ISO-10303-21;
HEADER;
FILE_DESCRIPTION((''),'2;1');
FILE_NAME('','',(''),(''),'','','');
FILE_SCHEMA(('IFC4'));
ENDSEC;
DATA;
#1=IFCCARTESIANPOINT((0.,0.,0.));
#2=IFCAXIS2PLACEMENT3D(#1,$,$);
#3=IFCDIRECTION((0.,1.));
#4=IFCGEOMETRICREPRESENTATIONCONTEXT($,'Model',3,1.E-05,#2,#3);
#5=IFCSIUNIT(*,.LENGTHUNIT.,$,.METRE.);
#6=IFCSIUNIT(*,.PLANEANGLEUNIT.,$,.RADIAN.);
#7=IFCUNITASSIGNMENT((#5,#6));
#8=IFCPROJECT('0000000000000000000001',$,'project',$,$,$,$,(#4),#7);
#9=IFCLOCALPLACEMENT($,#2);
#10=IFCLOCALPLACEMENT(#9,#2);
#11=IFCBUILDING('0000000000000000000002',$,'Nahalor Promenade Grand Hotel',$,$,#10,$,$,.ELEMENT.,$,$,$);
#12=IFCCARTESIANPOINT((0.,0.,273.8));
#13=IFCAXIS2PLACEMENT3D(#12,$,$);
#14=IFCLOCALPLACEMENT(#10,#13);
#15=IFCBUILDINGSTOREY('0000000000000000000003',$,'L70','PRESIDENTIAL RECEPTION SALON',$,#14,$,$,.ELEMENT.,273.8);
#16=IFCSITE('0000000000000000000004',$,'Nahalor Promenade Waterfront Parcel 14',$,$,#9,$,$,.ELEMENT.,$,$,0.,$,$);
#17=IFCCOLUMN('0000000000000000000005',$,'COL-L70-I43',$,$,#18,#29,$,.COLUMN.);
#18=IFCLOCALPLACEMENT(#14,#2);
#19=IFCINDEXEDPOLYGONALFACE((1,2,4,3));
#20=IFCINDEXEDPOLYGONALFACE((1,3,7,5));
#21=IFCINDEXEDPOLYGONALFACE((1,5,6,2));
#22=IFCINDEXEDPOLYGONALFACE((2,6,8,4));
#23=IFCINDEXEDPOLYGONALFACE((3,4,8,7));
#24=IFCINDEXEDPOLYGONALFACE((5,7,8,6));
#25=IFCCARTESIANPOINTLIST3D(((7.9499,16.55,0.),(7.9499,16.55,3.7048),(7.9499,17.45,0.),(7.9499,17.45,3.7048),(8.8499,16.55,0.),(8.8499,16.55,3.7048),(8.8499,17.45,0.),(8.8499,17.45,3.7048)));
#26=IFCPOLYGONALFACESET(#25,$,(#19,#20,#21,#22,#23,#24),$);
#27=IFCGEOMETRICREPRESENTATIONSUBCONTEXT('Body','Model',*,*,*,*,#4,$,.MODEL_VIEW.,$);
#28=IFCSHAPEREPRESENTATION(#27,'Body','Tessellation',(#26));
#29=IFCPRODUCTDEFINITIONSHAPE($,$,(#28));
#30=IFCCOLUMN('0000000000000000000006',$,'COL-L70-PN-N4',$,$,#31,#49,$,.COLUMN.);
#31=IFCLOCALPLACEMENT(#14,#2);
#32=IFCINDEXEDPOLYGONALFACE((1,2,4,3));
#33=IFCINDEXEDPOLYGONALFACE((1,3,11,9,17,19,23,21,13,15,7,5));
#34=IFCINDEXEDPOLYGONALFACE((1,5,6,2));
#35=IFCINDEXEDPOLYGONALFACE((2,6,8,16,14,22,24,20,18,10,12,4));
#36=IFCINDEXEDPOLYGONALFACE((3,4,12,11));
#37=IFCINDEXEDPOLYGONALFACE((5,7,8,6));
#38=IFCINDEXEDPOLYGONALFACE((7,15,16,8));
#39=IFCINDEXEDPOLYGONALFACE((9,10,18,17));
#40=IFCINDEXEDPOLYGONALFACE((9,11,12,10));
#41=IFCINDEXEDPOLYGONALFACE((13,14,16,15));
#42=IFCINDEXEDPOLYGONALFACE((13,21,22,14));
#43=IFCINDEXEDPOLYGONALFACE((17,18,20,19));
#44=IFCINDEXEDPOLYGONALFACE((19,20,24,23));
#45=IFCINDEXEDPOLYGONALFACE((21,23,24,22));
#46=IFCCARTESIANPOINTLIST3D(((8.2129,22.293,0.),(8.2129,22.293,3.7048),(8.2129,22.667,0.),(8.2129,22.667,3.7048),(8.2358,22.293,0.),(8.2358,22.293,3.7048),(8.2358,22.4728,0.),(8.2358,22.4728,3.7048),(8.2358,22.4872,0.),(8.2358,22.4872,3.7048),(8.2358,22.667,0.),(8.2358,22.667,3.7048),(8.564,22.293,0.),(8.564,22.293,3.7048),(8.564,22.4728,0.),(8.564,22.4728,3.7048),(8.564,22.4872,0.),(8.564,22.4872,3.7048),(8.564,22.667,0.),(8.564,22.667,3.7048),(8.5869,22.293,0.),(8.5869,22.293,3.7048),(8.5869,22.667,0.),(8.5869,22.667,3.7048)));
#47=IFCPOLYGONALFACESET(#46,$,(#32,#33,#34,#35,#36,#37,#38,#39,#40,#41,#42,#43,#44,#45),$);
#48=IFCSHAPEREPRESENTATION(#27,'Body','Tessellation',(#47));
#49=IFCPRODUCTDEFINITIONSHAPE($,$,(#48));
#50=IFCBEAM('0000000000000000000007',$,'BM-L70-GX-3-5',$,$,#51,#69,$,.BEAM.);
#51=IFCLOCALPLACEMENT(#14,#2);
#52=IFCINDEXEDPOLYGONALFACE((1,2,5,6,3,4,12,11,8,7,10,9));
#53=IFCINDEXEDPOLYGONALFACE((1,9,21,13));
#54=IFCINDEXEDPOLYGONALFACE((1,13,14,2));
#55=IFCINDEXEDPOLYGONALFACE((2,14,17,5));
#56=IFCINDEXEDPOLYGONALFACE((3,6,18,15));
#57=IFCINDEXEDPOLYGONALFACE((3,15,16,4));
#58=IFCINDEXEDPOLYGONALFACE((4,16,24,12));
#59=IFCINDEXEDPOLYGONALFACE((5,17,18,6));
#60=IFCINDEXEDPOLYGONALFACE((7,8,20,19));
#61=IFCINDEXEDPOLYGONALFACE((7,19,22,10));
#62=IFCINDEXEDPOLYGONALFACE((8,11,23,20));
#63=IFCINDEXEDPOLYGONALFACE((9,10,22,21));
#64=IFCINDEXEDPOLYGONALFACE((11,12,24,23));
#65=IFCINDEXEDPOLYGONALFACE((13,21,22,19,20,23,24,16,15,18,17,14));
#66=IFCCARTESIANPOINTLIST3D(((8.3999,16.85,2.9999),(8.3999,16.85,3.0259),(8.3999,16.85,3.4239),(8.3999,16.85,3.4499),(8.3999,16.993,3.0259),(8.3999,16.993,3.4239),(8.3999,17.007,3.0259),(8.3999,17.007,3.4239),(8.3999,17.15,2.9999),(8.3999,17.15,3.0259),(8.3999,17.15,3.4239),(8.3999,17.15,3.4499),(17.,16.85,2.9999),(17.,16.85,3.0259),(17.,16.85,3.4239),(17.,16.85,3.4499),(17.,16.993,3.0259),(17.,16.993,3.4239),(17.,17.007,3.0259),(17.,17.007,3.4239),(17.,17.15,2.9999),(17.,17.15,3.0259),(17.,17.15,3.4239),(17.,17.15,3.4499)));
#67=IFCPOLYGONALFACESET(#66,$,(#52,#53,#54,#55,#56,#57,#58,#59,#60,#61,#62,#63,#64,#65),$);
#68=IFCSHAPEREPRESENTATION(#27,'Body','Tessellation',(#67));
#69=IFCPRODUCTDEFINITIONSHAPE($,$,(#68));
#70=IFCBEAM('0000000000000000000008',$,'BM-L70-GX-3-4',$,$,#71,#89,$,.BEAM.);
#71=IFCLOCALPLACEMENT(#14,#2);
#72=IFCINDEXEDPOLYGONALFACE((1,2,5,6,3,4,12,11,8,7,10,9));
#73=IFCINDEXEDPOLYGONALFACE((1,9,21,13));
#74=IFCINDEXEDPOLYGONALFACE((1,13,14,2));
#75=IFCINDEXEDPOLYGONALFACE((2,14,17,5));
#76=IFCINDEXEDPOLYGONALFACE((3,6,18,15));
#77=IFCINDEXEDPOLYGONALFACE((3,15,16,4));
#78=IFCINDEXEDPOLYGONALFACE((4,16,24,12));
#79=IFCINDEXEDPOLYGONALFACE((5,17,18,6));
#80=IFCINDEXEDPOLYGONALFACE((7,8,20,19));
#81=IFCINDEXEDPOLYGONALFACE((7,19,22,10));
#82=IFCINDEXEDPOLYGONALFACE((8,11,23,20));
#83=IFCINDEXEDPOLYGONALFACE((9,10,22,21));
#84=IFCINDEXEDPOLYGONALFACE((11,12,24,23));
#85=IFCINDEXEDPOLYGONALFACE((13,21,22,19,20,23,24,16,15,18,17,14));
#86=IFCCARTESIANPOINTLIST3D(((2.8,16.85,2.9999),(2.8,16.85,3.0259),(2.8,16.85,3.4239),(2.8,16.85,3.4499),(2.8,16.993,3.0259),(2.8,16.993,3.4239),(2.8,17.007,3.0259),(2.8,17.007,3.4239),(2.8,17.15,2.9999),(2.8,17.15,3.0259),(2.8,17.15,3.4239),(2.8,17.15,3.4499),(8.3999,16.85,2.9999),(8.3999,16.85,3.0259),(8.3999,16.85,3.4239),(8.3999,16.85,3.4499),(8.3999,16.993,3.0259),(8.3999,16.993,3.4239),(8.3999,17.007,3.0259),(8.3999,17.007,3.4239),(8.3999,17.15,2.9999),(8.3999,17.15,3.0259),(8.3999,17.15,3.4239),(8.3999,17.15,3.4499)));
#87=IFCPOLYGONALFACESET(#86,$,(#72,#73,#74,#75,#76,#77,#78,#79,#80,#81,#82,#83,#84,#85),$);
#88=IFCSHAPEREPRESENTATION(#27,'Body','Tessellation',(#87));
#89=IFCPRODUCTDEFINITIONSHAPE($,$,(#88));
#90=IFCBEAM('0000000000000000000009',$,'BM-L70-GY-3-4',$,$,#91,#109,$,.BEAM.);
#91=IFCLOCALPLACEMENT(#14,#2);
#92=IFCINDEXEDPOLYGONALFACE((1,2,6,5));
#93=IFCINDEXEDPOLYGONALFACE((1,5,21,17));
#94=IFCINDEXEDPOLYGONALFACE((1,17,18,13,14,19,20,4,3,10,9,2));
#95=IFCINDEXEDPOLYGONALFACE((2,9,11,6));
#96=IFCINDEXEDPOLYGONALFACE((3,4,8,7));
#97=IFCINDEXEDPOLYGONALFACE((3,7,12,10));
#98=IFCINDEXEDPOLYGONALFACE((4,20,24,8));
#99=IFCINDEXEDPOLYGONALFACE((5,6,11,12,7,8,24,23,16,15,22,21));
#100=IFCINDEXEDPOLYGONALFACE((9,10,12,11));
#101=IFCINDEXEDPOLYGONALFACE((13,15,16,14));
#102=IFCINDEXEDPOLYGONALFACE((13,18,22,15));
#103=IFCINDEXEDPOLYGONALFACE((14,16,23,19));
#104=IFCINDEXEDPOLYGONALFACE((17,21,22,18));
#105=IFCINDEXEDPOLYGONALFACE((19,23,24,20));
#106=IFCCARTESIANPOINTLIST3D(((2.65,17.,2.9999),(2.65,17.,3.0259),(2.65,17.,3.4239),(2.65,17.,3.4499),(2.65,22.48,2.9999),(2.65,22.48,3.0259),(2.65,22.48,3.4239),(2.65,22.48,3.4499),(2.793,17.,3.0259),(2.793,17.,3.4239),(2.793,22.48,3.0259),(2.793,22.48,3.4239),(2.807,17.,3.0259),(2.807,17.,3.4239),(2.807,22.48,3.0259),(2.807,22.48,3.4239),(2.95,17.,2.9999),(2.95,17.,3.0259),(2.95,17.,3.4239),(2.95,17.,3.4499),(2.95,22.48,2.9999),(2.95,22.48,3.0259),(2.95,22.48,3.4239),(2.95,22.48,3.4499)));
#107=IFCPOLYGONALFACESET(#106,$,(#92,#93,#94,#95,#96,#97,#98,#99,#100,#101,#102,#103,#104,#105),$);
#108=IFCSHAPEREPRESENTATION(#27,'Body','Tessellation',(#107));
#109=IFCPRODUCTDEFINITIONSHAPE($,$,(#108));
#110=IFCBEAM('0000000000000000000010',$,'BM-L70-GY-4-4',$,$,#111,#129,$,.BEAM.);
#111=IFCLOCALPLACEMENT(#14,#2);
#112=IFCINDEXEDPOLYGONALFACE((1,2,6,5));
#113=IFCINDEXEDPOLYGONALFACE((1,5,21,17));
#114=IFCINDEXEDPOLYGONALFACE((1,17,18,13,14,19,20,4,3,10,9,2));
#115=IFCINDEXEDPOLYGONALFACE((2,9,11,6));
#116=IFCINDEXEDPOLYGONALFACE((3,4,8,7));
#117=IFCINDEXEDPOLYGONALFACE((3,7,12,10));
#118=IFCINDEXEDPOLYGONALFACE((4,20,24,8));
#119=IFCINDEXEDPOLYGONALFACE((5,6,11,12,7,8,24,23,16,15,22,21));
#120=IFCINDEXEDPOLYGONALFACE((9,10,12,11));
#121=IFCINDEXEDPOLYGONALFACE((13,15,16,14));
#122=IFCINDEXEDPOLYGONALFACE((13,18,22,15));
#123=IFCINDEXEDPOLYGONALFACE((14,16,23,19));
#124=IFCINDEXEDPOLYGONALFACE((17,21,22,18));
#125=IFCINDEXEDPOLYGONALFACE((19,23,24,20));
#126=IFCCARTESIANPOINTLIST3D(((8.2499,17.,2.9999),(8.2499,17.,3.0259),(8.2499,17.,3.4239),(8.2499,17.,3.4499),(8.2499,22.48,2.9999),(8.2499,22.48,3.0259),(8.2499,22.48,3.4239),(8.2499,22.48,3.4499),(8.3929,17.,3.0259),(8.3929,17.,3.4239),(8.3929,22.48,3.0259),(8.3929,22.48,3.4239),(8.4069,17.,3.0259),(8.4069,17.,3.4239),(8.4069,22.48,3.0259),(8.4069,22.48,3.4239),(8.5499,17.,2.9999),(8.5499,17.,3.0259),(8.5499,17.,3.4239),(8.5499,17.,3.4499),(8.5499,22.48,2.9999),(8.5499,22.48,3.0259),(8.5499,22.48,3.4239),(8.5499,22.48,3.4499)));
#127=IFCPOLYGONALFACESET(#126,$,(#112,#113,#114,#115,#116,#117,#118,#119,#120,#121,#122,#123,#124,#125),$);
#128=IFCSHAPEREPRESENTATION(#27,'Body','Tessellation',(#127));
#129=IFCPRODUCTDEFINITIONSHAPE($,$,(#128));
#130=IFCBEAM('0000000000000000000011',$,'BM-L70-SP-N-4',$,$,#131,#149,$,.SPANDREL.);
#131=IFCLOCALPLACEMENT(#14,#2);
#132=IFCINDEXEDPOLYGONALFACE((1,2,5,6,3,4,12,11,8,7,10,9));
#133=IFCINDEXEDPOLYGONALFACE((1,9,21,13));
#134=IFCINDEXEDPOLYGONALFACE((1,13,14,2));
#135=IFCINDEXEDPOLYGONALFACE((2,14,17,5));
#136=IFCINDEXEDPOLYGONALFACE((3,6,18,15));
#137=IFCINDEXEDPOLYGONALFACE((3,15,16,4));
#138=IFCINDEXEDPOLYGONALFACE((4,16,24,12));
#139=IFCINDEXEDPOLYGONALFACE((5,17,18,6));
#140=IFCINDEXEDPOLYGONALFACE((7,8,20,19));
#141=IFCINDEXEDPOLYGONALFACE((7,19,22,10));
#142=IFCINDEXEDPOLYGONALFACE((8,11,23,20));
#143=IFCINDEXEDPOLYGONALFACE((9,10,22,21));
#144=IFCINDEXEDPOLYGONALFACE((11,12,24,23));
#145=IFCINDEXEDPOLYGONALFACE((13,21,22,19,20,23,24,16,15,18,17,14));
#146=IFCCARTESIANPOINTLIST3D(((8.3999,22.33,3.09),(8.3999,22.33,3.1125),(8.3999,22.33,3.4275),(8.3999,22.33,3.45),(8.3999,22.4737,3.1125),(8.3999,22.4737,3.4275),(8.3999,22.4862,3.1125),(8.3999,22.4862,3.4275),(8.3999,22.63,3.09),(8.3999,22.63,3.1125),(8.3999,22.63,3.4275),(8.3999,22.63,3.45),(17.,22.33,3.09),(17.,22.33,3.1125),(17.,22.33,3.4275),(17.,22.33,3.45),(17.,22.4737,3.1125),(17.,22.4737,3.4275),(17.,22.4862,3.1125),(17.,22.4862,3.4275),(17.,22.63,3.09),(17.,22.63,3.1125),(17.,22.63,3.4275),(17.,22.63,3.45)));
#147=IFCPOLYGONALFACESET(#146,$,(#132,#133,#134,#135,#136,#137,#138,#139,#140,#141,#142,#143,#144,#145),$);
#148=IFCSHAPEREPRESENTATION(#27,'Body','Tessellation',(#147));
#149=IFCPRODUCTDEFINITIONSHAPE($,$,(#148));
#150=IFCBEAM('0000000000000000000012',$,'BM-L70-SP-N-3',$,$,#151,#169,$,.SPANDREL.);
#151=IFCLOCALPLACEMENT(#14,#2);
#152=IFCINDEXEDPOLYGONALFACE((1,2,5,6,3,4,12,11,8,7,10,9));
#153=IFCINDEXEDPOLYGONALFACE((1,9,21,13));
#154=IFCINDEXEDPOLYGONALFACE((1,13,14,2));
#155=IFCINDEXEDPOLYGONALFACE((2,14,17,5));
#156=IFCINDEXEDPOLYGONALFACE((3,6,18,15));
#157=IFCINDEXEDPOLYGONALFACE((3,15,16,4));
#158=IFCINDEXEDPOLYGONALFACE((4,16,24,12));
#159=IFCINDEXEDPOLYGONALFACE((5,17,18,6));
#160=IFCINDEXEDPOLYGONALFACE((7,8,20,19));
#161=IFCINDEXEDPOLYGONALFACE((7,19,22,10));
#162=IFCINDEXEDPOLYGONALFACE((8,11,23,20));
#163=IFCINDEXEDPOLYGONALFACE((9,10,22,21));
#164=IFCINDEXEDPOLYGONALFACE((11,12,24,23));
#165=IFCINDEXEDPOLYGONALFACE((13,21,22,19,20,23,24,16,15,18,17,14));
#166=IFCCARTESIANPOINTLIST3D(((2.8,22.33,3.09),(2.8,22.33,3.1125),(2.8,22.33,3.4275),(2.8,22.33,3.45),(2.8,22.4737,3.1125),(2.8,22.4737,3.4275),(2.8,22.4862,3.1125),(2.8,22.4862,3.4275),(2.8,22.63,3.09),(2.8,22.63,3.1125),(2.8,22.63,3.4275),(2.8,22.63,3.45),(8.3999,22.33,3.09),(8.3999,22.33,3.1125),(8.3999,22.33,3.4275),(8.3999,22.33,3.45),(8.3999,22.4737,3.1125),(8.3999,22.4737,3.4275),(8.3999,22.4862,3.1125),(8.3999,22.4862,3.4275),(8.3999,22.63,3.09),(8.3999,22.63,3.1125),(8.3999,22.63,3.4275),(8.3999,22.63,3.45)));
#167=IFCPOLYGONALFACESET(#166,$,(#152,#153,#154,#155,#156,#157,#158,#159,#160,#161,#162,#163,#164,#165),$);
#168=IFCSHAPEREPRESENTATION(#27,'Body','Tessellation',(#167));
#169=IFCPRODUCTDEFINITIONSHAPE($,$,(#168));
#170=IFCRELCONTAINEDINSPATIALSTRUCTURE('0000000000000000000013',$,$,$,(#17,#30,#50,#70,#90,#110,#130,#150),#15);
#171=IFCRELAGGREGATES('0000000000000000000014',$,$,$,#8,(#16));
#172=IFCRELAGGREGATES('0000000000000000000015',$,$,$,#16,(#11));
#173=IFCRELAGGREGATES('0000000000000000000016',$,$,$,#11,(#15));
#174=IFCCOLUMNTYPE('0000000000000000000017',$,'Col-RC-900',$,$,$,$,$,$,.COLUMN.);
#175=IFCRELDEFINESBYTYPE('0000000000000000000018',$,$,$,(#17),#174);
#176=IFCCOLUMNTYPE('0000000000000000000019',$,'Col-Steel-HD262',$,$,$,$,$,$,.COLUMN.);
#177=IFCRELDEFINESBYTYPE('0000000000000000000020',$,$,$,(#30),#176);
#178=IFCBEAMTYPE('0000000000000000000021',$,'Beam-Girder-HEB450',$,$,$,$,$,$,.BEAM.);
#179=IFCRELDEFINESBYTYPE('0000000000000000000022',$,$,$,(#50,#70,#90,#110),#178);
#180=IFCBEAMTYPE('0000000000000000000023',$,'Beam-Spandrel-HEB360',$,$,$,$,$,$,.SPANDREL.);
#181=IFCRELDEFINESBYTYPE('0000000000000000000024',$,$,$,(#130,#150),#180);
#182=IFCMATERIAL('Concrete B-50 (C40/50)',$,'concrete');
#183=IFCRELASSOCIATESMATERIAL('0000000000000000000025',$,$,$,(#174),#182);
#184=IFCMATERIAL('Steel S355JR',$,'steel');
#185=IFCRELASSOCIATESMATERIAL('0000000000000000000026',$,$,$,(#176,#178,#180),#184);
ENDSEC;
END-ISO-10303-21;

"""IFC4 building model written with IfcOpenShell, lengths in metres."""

from ifc_helpers import new_model, si_unit, direction, frame, origin, origin_2d, place, context, subcontext, project, spatial, rectangle, i_section, extrude, source, transform, mapped, material, material_profile, profile_set, type_object, element, save


model = new_model("IFC4")

# Units and contexts
model_context = context("Model", 3, precision=1e-05, world=origin(), true_north=direction((0.0, 1.0)))
body_context = subcontext(model_context, "Body", "Model", "MODEL_VIEW")
ifc_project = project(units=[si_unit("LENGTHUNIT", "METRE"), si_unit("PLANEANGLEUNIT", "RADIAN")], contexts=[model_context])

# Site, building, storey
site_placement = place(None, origin())
site = spatial("IfcSite", under=ifc_project, at=site_placement, Name="Nahalor Promenade Waterfront Parcel 14", CompositionType="ELEMENT", RefElevation=0.0)
building_placement = place(site_placement, origin())
building = spatial("IfcBuilding", under=site, at=building_placement, Name="Nahalor Promenade Grand Hotel", CompositionType="ELEMENT")
storey_placement = place(building_placement, frame((0.0, 0.0, 273.8)))
storey = spatial("IfcBuildingStorey", under=building, at=storey_placement, Name="L70", Description="PRESIDENTIAL RECEPTION SALON", CompositionType="ELEMENT", Elevation=273.8)

# Columns
ifc_material_1 = material(Name="Concrete B-50 (C40/50)", Category="concrete")
ifc_material_profile_1 = material_profile(ifc_material_1, rectangle(XDim=0.9, YDim=0.9, at=origin_2d()), Name="RC 900x900")
ifc_profile_set_1 = profile_set([ifc_material_profile_1], Name="Concrete B-50 (C40/50)")
column_type_1 = type_object("IfcColumnType", Name="Col-RC-900", PredefinedType="COLUMN", material=ifc_profile_set_1)
shared_shape_1 = source(origin(), body_context, "Body", "SweptSolid", [
    extrude(rectangle(XDim=0.9, YDim=0.9, at=origin_2d()), origin(), (0.0, 0.0, 1.0), 3.7048),
])
column_1_placement = place(storey_placement, frame((8.3999, 17.0, 0.0), z_axis=(0.0, 0.0, 1.0), x_axis=(1.0, 0.0, 0.0)))
element("IfcColumn", 1, at=column_1_placement, inside=storey, type_object=column_type_1, Name="COL-L70-I43", PredefinedType="COLUMN", context=body_context, shape_type="MappedRepresentation", body=[
    mapped(shared_shape_1, transform((0.0, 0.0, 0.0), scale=1.0)),
])
ifc_material_2 = material(Name="Steel S355JR", Category="steel")
ifc_material_profile_2 = material_profile(ifc_material_2, i_section(OverallWidth=0.374, OverallDepth=0.374, WebThickness=0.0144, FlangeThickness=0.0229, at=origin_2d()), Name="HD 360x262")
ifc_profile_set_2 = profile_set([ifc_material_profile_2], Name="Steel S355JR")
column_type_2 = type_object("IfcColumnType", Name="Col-Steel-HD262", PredefinedType="COLUMN", material=ifc_profile_set_2)
shared_shape_2 = source(origin(), body_context, "Body", "SweptSolid", [
    extrude(i_section(OverallWidth=0.374, OverallDepth=0.374, WebThickness=0.0144, FlangeThickness=0.0229, at=origin_2d()), origin(), (0.0, 0.0, 1.0), 3.7048),
])
column_2_placement = place(storey_placement, frame((8.3999, 22.48, 0.0), z_axis=(0.0, 0.0, 1.0), x_axis=(0.0, 1.0, 0.0)))
element("IfcColumn", 2, at=column_2_placement, inside=storey, type_object=column_type_2, Name="COL-L70-PN-N4", PredefinedType="COLUMN", context=body_context, shape_type="MappedRepresentation", body=[
    mapped(shared_shape_2, transform((0.0, 0.0, 0.0), scale=1.0)),
])

# Beams
ifc_material_profile_3 = material_profile(ifc_material_2, i_section(OverallWidth=0.3, OverallDepth=0.45, WebThickness=0.014, FlangeThickness=0.026, at=origin_2d()), Name="HEB 450")
ifc_profile_set_3 = profile_set([ifc_material_profile_3], Name="Steel S355JR")
beam_type_1 = type_object("IfcBeamType", Name="Beam-Girder-HEB450", PredefinedType="BEAM", material=ifc_profile_set_3)
shared_shape_3 = source(origin(), body_context, "Body", "SweptSolid", [
    extrude(i_section(OverallWidth=0.3, OverallDepth=0.45, WebThickness=0.014, FlangeThickness=0.026, at=origin_2d()), origin(), (0.0, 0.0, 1.0), 8.6001),
])
beam_1_placement = place(storey_placement, frame((8.3999, 17.0, 3.2249), z_axis=(1.0, 0.0, 0.0), x_axis=(0.0, 1.0, 0.0)))
element("IfcBeam", 3, at=beam_1_placement, inside=storey, type_object=beam_type_1, Name="BM-L70-GX-3-5", PredefinedType="BEAM", context=body_context, shape_type="MappedRepresentation", body=[
    mapped(shared_shape_3, transform((0.0, 0.0, 0.0), scale=1.0)),
])
shared_shape_4 = source(origin(), body_context, "Body", "SweptSolid", [
    extrude(i_section(OverallWidth=0.3, OverallDepth=0.45, WebThickness=0.014, FlangeThickness=0.026, at=origin_2d()), origin(), (0.0, 0.0, 1.0), 5.5999),
])
beam_2_placement = place(storey_placement, frame((2.8, 17.0, 3.2249), z_axis=(1.0, 0.0, 0.0), x_axis=(0.0, 1.0, 0.0)))
element("IfcBeam", 4, at=beam_2_placement, inside=storey, type_object=beam_type_1, Name="BM-L70-GX-3-4", PredefinedType="BEAM", context=body_context, shape_type="MappedRepresentation", body=[
    mapped(shared_shape_4, transform((0.0, 0.0, 0.0), scale=1.0)),
])
shared_shape_5 = source(origin(), body_context, "Body", "SweptSolid", [
    extrude(i_section(OverallWidth=0.3, OverallDepth=0.45, WebThickness=0.014, FlangeThickness=0.026, at=origin_2d()), origin(), (0.0, 0.0, 1.0), 5.48),
])
for number, where, z_axis, x_axis, name in (
    (5, (2.8, 17.0, 3.2249), (0.0, 1.0, 0.0), (-1.0, 0.0, 0.0), "BM-L70-GY-3-4"),
    (6, (8.3999, 17.0, 3.2249), (0.0, 1.0, 0.0), (-1.0, 0.0, 0.0), "BM-L70-GY-4-4"),
):
    element("IfcBeam", number, at=place(storey_placement, frame(where, z_axis=z_axis, x_axis=x_axis)), inside=storey, type_object=beam_type_1, Name=name, PredefinedType="BEAM", context=body_context, shape_type="MappedRepresentation", body=[
        mapped(shared_shape_5, transform((0.0, 0.0, 0.0), scale=1.0)),
    ])
ifc_material_profile_4 = material_profile(ifc_material_2, i_section(OverallWidth=0.3, OverallDepth=0.36, WebThickness=0.0125, FlangeThickness=0.0225, at=origin_2d()), Name="HEB 360")
ifc_profile_set_4 = profile_set([ifc_material_profile_4], Name="Steel S355JR")
beam_type_2 = type_object("IfcBeamType", Name="Beam-Spandrel-HEB360", PredefinedType="SPANDREL", material=ifc_profile_set_4)
shared_shape_6 = source(origin(), body_context, "Body", "SweptSolid", [
    extrude(i_section(OverallWidth=0.3, OverallDepth=0.36, WebThickness=0.0125, FlangeThickness=0.0225, at=origin_2d()), origin(), (0.0, 0.0, 1.0), 8.6001),
])
beam_3_placement = place(storey_placement, frame((8.3999, 22.48, 3.27), z_axis=(1.0, 0.0, 0.0), x_axis=(0.0, 1.0, 0.0)))
element("IfcBeam", 7, at=beam_3_placement, inside=storey, type_object=beam_type_2, Name="BM-L70-SP-N-4", PredefinedType="SPANDREL", context=body_context, shape_type="MappedRepresentation", body=[
    mapped(shared_shape_6, transform((0.0, 0.0, 0.0), scale=1.0)),
])
shared_shape_7 = source(origin(), body_context, "Body", "SweptSolid", [
    extrude(i_section(OverallWidth=0.3, OverallDepth=0.36, WebThickness=0.0125, FlangeThickness=0.0225, at=origin_2d()), origin(), (0.0, 0.0, 1.0), 5.5999),
])
beam_4_placement = place(storey_placement, frame((2.8, 22.48, 3.27), z_axis=(1.0, 0.0, 0.0), x_axis=(0.0, 1.0, 0.0)))
element("IfcBeam", 8, at=beam_4_placement, inside=storey, type_object=beam_type_2, Name="BM-L70-SP-N-3", PredefinedType="SPANDREL", context=body_context, shape_type="MappedRepresentation", body=[
    mapped(shared_shape_7, transform((0.0, 0.0, 0.0), scale=1.0)),
])

save(model, "model.ifc")
